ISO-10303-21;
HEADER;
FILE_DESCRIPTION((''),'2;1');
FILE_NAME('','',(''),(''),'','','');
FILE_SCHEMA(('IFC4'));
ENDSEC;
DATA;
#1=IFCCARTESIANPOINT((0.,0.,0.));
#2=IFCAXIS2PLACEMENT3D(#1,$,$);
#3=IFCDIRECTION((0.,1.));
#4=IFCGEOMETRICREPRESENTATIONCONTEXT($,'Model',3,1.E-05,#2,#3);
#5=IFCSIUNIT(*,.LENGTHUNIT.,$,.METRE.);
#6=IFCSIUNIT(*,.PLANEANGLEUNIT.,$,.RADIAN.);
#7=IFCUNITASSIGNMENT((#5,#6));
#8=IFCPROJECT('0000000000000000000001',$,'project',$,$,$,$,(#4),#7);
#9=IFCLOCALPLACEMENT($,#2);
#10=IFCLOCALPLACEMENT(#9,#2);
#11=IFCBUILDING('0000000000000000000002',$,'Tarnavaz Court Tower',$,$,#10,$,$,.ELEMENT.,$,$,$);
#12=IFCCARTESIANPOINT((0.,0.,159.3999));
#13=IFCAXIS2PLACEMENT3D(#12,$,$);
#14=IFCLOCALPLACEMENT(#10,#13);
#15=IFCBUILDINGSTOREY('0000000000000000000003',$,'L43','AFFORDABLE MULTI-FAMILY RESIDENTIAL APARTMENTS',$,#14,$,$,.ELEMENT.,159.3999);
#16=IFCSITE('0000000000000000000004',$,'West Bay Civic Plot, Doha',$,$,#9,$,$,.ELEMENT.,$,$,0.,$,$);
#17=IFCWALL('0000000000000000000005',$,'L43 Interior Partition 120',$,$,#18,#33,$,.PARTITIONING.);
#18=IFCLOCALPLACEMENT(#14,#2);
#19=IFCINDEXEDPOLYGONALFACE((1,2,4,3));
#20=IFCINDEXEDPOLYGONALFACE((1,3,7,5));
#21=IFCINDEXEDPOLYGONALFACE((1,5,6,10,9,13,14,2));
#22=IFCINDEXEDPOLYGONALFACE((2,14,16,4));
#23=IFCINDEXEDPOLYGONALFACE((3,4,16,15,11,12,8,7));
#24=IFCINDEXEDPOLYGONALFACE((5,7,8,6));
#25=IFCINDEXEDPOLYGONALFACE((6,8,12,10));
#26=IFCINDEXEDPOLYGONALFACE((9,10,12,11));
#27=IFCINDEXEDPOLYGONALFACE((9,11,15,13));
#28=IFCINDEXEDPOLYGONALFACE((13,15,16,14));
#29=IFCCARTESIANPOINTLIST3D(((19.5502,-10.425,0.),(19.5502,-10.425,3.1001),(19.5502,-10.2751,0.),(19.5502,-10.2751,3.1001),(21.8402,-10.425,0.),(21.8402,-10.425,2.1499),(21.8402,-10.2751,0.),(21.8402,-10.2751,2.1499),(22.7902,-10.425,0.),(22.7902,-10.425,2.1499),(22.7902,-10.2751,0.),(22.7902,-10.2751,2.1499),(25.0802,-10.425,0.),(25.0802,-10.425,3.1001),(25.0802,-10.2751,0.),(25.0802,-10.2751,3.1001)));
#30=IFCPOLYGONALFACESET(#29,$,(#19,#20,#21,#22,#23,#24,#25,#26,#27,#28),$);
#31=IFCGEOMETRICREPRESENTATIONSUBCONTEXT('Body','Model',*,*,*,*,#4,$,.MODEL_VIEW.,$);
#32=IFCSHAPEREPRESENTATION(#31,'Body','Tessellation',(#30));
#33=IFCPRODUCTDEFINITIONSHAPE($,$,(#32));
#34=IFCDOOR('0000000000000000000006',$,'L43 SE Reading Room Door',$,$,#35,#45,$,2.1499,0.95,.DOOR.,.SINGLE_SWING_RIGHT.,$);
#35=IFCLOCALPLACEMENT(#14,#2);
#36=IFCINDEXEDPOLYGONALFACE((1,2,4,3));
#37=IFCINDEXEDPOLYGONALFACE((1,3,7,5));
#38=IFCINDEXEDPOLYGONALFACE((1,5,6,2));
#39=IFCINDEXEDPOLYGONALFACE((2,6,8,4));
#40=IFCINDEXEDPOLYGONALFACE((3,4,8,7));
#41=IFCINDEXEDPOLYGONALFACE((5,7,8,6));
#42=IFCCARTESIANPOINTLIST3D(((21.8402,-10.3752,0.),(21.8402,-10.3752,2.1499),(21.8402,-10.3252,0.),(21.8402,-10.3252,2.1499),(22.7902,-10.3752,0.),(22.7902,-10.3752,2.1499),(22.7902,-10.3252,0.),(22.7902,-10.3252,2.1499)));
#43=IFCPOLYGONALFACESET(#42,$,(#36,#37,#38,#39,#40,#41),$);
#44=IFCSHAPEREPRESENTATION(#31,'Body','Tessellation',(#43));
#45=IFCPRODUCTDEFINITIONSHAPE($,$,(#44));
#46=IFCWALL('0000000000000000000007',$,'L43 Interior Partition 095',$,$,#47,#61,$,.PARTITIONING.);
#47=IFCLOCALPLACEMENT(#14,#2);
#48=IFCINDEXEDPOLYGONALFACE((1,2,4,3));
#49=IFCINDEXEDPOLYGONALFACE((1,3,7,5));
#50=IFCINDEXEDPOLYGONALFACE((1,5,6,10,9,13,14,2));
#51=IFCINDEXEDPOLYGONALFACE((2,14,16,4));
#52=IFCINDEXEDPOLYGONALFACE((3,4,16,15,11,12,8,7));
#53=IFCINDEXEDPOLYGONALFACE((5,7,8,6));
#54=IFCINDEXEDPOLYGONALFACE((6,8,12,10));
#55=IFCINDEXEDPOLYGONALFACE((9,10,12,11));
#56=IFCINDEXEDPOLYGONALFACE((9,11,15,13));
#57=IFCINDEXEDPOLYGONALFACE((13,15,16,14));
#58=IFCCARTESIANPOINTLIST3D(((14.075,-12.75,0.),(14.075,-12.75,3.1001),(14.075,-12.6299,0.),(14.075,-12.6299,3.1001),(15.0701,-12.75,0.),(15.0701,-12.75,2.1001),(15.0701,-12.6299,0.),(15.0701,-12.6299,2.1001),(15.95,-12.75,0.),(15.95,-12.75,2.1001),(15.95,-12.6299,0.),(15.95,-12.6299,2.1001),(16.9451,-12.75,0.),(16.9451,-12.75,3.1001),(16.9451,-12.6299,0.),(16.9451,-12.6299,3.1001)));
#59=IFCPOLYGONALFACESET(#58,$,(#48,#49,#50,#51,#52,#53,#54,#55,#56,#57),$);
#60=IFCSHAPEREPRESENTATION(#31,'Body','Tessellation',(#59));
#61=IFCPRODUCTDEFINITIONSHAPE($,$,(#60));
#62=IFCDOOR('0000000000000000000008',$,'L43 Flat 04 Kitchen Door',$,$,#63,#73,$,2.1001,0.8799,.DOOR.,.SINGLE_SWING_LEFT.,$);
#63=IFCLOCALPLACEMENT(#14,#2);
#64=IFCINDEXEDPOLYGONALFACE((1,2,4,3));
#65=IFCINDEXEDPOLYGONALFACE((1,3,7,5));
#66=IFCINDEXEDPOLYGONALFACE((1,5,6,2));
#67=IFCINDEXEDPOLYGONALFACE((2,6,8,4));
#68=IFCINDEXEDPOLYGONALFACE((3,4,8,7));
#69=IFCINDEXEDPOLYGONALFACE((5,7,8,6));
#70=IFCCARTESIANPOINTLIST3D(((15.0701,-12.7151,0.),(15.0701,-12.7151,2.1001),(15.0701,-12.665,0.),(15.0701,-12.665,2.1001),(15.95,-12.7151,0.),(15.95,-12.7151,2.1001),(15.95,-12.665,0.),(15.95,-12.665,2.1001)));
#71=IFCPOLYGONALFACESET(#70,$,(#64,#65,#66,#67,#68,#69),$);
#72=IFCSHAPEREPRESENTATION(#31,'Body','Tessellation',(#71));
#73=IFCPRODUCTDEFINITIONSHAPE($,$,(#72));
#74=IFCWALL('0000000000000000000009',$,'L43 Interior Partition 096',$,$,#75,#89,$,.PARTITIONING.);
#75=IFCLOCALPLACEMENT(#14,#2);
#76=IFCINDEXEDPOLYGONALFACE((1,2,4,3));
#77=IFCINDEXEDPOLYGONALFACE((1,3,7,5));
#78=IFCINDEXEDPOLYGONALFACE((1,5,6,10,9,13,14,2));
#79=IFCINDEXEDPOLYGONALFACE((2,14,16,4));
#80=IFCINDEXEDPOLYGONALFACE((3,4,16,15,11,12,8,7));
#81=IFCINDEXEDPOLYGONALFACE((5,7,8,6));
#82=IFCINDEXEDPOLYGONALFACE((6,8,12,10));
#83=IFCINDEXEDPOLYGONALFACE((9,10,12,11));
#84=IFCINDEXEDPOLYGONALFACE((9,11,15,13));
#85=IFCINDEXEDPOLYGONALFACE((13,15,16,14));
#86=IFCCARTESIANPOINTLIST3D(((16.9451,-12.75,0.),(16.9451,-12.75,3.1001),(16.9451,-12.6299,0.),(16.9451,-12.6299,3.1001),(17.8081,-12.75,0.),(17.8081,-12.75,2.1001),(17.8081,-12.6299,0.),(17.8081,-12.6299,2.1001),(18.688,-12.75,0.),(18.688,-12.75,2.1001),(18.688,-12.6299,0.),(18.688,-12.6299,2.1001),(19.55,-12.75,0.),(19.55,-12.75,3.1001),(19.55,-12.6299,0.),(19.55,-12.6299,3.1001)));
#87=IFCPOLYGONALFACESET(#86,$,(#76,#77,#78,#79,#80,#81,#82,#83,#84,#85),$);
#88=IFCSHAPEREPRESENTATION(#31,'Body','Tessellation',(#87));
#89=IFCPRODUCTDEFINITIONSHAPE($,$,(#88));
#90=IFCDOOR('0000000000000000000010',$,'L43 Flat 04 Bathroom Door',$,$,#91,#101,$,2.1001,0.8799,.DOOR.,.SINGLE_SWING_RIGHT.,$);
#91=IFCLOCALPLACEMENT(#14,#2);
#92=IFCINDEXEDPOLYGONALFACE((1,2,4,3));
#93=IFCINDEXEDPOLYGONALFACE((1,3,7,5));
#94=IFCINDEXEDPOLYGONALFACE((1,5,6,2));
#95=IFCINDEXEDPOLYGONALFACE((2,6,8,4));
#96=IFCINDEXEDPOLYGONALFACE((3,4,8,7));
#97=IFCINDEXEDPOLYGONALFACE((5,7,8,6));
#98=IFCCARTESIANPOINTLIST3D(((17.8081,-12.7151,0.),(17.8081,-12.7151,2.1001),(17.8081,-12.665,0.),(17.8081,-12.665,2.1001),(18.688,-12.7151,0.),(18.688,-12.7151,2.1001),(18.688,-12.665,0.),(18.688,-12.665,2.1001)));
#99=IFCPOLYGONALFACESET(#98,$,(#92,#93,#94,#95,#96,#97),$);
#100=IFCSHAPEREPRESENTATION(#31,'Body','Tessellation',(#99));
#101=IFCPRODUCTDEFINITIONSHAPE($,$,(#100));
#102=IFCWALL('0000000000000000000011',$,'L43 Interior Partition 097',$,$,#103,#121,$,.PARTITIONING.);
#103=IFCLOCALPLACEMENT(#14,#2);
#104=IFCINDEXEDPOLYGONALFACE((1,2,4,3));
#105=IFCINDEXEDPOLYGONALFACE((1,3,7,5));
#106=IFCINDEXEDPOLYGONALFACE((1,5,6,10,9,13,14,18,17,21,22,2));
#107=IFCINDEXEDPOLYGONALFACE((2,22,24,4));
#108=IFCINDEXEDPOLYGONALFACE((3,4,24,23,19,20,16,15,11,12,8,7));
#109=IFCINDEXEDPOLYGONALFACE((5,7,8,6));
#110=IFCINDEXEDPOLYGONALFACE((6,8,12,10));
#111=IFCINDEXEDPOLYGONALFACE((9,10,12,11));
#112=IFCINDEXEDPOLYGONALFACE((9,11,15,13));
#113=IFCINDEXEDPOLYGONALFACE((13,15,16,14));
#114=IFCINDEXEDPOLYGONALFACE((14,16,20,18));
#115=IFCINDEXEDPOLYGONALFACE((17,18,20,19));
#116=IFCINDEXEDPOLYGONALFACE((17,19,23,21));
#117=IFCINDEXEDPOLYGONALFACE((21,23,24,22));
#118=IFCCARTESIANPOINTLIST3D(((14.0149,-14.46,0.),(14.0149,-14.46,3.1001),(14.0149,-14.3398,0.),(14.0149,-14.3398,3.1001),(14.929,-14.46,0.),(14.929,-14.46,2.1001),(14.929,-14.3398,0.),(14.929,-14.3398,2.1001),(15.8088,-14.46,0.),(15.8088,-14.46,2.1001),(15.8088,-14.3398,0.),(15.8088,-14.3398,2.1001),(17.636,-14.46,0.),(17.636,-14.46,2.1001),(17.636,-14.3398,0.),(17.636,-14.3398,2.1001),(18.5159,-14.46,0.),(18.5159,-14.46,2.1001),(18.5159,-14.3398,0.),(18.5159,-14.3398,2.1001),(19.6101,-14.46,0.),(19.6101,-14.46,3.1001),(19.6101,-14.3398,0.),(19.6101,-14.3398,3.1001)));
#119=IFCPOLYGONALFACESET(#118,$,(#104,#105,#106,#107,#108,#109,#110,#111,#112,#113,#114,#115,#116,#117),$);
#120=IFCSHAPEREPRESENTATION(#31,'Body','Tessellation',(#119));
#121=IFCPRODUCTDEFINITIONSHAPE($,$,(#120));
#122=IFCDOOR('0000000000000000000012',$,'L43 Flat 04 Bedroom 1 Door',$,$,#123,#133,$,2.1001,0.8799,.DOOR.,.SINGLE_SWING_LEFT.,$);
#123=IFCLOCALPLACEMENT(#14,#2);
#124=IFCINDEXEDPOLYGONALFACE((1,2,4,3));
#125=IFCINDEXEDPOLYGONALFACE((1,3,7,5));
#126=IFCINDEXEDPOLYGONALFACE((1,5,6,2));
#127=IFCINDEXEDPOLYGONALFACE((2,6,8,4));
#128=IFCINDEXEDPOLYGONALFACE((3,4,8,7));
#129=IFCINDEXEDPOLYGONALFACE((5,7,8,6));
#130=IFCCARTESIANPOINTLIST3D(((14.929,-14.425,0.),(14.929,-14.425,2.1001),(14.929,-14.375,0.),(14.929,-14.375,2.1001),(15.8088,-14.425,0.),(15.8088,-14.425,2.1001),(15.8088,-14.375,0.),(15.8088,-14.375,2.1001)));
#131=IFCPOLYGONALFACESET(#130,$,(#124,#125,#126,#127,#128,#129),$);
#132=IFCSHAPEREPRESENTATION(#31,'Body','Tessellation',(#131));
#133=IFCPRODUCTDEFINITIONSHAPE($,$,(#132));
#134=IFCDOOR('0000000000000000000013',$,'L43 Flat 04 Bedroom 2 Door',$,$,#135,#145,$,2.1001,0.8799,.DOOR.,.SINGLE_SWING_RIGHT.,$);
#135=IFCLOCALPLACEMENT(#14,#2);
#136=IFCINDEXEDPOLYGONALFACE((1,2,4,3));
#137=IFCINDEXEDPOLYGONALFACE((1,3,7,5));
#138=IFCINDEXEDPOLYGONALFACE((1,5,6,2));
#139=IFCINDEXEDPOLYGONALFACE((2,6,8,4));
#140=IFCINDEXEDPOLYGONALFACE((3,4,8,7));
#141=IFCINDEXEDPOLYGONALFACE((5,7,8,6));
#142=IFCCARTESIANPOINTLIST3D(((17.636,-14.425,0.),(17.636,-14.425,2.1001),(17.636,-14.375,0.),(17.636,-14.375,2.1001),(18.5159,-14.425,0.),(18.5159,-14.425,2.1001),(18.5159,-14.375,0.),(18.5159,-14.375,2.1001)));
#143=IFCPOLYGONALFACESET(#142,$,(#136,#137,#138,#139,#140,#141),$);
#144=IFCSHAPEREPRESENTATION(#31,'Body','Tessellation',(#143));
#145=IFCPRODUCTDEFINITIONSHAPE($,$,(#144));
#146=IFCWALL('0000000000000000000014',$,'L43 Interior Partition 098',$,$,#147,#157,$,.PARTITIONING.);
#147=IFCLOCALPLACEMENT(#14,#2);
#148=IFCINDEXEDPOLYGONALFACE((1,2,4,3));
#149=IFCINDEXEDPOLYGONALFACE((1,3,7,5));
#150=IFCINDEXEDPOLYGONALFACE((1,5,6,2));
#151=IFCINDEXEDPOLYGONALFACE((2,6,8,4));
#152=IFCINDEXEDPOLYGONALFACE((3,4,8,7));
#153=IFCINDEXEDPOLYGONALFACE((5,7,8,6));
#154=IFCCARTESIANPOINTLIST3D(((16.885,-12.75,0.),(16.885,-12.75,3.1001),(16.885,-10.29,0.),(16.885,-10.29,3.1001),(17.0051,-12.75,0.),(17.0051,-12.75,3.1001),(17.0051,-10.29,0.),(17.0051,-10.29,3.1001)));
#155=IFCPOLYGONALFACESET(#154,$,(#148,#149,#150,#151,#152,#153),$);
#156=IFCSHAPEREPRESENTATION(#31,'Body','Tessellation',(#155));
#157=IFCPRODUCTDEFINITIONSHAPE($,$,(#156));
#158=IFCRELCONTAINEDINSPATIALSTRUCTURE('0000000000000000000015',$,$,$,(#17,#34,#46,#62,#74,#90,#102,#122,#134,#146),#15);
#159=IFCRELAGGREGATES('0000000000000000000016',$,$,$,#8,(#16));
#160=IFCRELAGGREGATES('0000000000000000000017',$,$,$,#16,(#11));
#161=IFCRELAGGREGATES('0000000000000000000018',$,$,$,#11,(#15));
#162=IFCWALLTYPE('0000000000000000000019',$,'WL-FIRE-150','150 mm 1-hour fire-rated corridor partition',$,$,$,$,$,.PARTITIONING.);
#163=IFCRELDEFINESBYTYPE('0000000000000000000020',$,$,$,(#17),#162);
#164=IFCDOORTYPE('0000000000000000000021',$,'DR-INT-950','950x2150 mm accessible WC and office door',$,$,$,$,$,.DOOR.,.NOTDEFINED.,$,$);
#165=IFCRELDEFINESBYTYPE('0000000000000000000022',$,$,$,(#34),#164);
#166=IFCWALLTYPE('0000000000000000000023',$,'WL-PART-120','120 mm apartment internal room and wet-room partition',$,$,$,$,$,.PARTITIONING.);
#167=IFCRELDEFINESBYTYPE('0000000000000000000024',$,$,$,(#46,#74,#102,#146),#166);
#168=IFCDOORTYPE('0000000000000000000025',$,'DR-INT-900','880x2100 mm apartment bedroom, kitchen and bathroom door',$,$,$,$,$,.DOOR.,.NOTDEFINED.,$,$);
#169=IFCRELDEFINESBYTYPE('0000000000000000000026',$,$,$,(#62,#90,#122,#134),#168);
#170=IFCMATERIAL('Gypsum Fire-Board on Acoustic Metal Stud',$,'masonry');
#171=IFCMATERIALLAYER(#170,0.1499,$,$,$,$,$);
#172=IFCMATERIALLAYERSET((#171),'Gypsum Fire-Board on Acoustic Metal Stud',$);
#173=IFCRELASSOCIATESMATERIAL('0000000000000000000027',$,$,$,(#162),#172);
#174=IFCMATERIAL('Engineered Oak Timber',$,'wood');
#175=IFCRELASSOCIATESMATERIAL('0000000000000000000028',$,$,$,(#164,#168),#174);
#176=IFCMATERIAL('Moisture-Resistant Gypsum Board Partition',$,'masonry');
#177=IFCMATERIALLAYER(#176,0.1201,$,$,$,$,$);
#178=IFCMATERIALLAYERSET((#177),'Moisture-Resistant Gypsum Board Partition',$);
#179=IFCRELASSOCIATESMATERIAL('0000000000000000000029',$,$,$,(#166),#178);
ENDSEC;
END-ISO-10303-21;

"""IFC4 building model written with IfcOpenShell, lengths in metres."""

from ifc_helpers import new_model, si_unit, direction, frame, frame_2d, origin, place, context, subcontext, project, spatial, rectangle, extrude, material, layer, layer_set, type_object, element, fill, save


model = new_model("IFC4")

# Units and contexts
model_context = context("Model", 3, precision=1e-05, world=origin(), true_north=direction((0.0, 1.0)))
body_context = subcontext(model_context, "Body", "Model", "MODEL_VIEW")
ifc_project = project(units=[si_unit("LENGTHUNIT", "METRE"), si_unit("PLANEANGLEUNIT", "RADIAN")], contexts=[model_context])

# Site, building, storey
site_placement = place(None, origin())
site = spatial("IfcSite", under=ifc_project, at=site_placement, Name="West Bay Civic Plot, Doha", CompositionType="ELEMENT", RefElevation=0.0)
building_placement = place(site_placement, origin())
building = spatial("IfcBuilding", under=site, at=building_placement, Name="Tarnavaz Court Tower", CompositionType="ELEMENT")
storey_placement = place(building_placement, frame((0.0, 0.0, 159.3999)))
storey = spatial("IfcBuildingStorey", under=building, at=storey_placement, Name="L43", Description="AFFORDABLE MULTI-FAMILY RESIDENTIAL APARTMENTS", CompositionType="ELEMENT", Elevation=159.3999)

# Walls, openings, doors
ifc_material_1 = material(Name="Gypsum Fire-Board on Acoustic Metal Stud", Category="masonry")
ifc_layer_1 = layer(ifc_material_1, 0.1499)
ifc_layer_set_1 = layer_set([ifc_layer_1], Name="Gypsum Fire-Board on Acoustic Metal Stud")
wall_type_1 = type_object("IfcWallType", Name="WL-FIRE-150", Description="150 mm 1-hour fire-rated corridor partition", PredefinedType="PARTITIONING", material=ifc_layer_set_1)
wall_1_placement = place(storey_placement, frame((19.55, -10.3501, 0.0), z_axis=(0.0, 0.0, 1.0), x_axis=(1.0, 0.0, 0.0)))
wall_1 = element("IfcWall", 1, at=wall_1_placement, inside=storey, type_object=wall_type_1, Name="L43 Interior Partition 120", PredefinedType="PARTITIONING", context=body_context, shape_type="SweptSolid", body=[
    extrude(rectangle(XDim=5.53, YDim=0.1499, at=frame_2d((2.7651, 0.0))), origin(), (0.0, 0.0, 1.0), 3.1001),
])
opening_1_placement = place(wall_1_placement, frame((2.29, 0.0, 0.0)))
opening_1 = element("IfcOpeningElement", 2, at=opening_1_placement, cuts=wall_1, PredefinedType="OPENING", context=body_context, shape_type="SweptSolid", body=[
    extrude(rectangle(XDim=0.95, YDim=2.1499, at=frame_2d((0.4751, 1.075))), frame((0.0, 0.085, 0.0), z_axis=(0.0, -1.0, 0.0), x_axis=(1.0, 0.0, 0.0)), (0.0, 0.0, 1.0), 0.1699),
])
ifc_material_2 = material(Name="Engineered Oak Timber", Category="wood")
door_type_1 = type_object("IfcDoorType", Name="DR-INT-950", Description="950x2150 mm accessible WC and office door", OperationType="NOTDEFINED", PredefinedType="DOOR", material=ifc_material_2)
door_1_placement = place(opening_1_placement, origin())
door_1 = element("IfcDoor", 3, at=door_1_placement, inside=storey, type_object=door_type_1, Name="L43 SE Reading Room Door", OperationType="SINGLE_SWING_RIGHT", OverallHeight=2.1499, OverallWidth=0.95, PredefinedType="DOOR", context=body_context, shape_type="SweptSolid", body=[
    extrude(rectangle(XDim=0.95, YDim=2.1499, at=frame_2d((0.4751, 1.075))), frame((0.0, 0.0249, 0.0), z_axis=(0.0, -1.0, 0.0), x_axis=(1.0, 0.0, 0.0)), (0.0, 0.0, 1.0), 0.05),
])
fill(opening_1, door_1)
ifc_material_3 = material(Name="Moisture-Resistant Gypsum Board Partition", Category="masonry")
ifc_layer_2 = layer(ifc_material_3, 0.1201)
ifc_layer_set_2 = layer_set([ifc_layer_2], Name="Moisture-Resistant Gypsum Board Partition")
wall_type_2 = type_object("IfcWallType", Name="WL-PART-120", Description="120 mm apartment internal room and wet-room partition", PredefinedType="PARTITIONING", material=ifc_layer_set_2)
wall_2_placement = place(storey_placement, frame((14.075, -12.6899, 0.0), z_axis=(0.0, 0.0, 1.0), x_axis=(1.0, 0.0, 0.0)))
wall_2 = element("IfcWall", 4, at=wall_2_placement, inside=storey, type_object=wall_type_2, Name="L43 Interior Partition 095", PredefinedType="PARTITIONING", context=body_context, shape_type="SweptSolid", body=[
    extrude(rectangle(XDim=2.8701, YDim=0.1201, at=frame_2d((1.4351, 0.0))), origin(), (0.0, 0.0, 1.0), 3.1001),
])
opening_2_placement = place(wall_2_placement, frame((0.9951, 0.0, 0.0)))
opening_2 = element("IfcOpeningElement", 5, at=opening_2_placement, cuts=wall_2, PredefinedType="OPENING", context=body_context, shape_type="SweptSolid", body=[
    extrude(rectangle(XDim=0.8799, YDim=2.1001, at=frame_2d((0.4399, 1.05))), frame((0.0, 0.0701, 0.0), z_axis=(0.0, -1.0, 0.0), x_axis=(1.0, 0.0, 0.0)), (0.0, 0.0, 1.0), 0.1401),
])
door_type_2 = type_object("IfcDoorType", Name="DR-INT-900", Description="880x2100 mm apartment bedroom, kitchen and bathroom door", OperationType="NOTDEFINED", PredefinedType="DOOR", material=ifc_material_2)
door_2_placement = place(opening_2_placement, origin())
door_2 = element("IfcDoor", 6, at=door_2_placement, inside=storey, type_object=door_type_2, Name="L43 Flat 04 Kitchen Door", OperationType="SINGLE_SWING_LEFT", OverallHeight=2.1001, OverallWidth=0.8799, PredefinedType="DOOR", context=body_context, shape_type="SweptSolid", body=[
    extrude(rectangle(XDim=0.8799, YDim=2.1001, at=frame_2d((0.4399, 1.05))), frame((0.0, 0.0249, 0.0), z_axis=(0.0, -1.0, 0.0), x_axis=(1.0, 0.0, 0.0)), (0.0, 0.0, 1.0), 0.05),
])
fill(opening_2, door_2)
wall_3_placement = place(storey_placement, frame((16.9451, -12.6899, 0.0), z_axis=(0.0, 0.0, 1.0), x_axis=(1.0, 0.0, 0.0)))
wall_3 = element("IfcWall", 7, at=wall_3_placement, inside=storey, type_object=wall_type_2, Name="L43 Interior Partition 096", PredefinedType="PARTITIONING", context=body_context, shape_type="SweptSolid", body=[
    extrude(rectangle(XDim=2.605, YDim=0.1201, at=frame_2d((1.3025, 0.0))), origin(), (0.0, 0.0, 1.0), 3.1001),
])
opening_3_placement = place(wall_3_placement, frame((0.863, 0.0, 0.0)))
opening_3 = element("IfcOpeningElement", 8, at=opening_3_placement, cuts=wall_3, PredefinedType="OPENING", context=body_context, shape_type="SweptSolid", body=[
    extrude(rectangle(XDim=0.8799, YDim=2.1001, at=frame_2d((0.4399, 1.05))), frame((0.0, 0.0701, 0.0), z_axis=(0.0, -1.0, 0.0), x_axis=(1.0, 0.0, 0.0)), (0.0, 0.0, 1.0), 0.1401),
])
door_3_placement = place(opening_3_placement, origin())
door_3 = element("IfcDoor", 9, at=door_3_placement, inside=storey, type_object=door_type_2, Name="L43 Flat 04 Bathroom Door", OperationType="SINGLE_SWING_RIGHT", OverallHeight=2.1001, OverallWidth=0.8799, PredefinedType="DOOR", context=body_context, shape_type="SweptSolid", body=[
    extrude(rectangle(XDim=0.8799, YDim=2.1001, at=frame_2d((0.4399, 1.05))), frame((0.0, 0.0249, 0.0), z_axis=(0.0, -1.0, 0.0), x_axis=(1.0, 0.0, 0.0)), (0.0, 0.0, 1.0), 0.05),
])
fill(opening_3, door_3)

# Wall, openings, doors
wall_4_placement = place(storey_placement, frame((14.0149, -14.3999, 0.0), z_axis=(0.0, 0.0, 1.0), x_axis=(1.0, 0.0, 0.0)))
wall_4 = element("IfcWall", 10, at=wall_4_placement, inside=storey, type_object=wall_type_2, Name="L43 Interior Partition 097", PredefinedType="PARTITIONING", context=body_context, shape_type="SweptSolid", body=[
    extrude(rectangle(XDim=5.5952, YDim=0.1201, at=frame_2d((2.7976, 0.0))), origin(), (0.0, 0.0, 1.0), 3.1001),
])
opening_4_placement = place(wall_4_placement, frame((0.9141, 0.0, 0.0)))
opening_4 = element("IfcOpeningElement", 11, at=opening_4_placement, cuts=wall_4, PredefinedType="OPENING", context=body_context, shape_type="SweptSolid", body=[
    extrude(rectangle(XDim=0.8799, YDim=2.1001, at=frame_2d((0.4399, 1.05))), frame((0.0, 0.0701, 0.0), z_axis=(0.0, -1.0, 0.0), x_axis=(1.0, 0.0, 0.0)), (0.0, 0.0, 1.0), 0.1401),
])
opening_5_placement = place(wall_4_placement, frame((3.6211, 0.0, 0.0)))
opening_5 = element("IfcOpeningElement", 12, at=opening_5_placement, cuts=wall_4, PredefinedType="OPENING", context=body_context, shape_type="SweptSolid", body=[
    extrude(rectangle(XDim=0.8799, YDim=2.1001, at=frame_2d((0.4399, 1.05))), frame((0.0, 0.0701, 0.0), z_axis=(0.0, -1.0, 0.0), x_axis=(1.0, 0.0, 0.0)), (0.0, 0.0, 1.0), 0.1401),
])
door_4_placement = place(opening_4_placement, origin())
door_4 = element("IfcDoor", 13, at=door_4_placement, inside=storey, type_object=door_type_2, Name="L43 Flat 04 Bedroom 1 Door", OperationType="SINGLE_SWING_LEFT", OverallHeight=2.1001, OverallWidth=0.8799, PredefinedType="DOOR", context=body_context, shape_type="SweptSolid", body=[
    extrude(rectangle(XDim=0.8799, YDim=2.1001, at=frame_2d((0.4399, 1.05))), frame((0.0, 0.0249, 0.0), z_axis=(0.0, -1.0, 0.0), x_axis=(1.0, 0.0, 0.0)), (0.0, 0.0, 1.0), 0.05),
])
fill(opening_4, door_4)
door_5_placement = place(opening_5_placement, origin())
door_5 = element("IfcDoor", 14, at=door_5_placement, inside=storey, type_object=door_type_2, Name="L43 Flat 04 Bedroom 2 Door", OperationType="SINGLE_SWING_RIGHT", OverallHeight=2.1001, OverallWidth=0.8799, PredefinedType="DOOR", context=body_context, shape_type="SweptSolid", body=[
    extrude(rectangle(XDim=0.8799, YDim=2.1001, at=frame_2d((0.4399, 1.05))), frame((0.0, 0.0249, 0.0), z_axis=(0.0, -1.0, 0.0), x_axis=(1.0, 0.0, 0.0)), (0.0, 0.0, 1.0), 0.05),
])
fill(opening_5, door_5)

# Wall
wall_5_placement = place(storey_placement, frame((16.9451, -12.75, 0.0), z_axis=(0.0, 0.0, 1.0), x_axis=(0.0, 1.0, 0.0)))
element("IfcWall", 15, at=wall_5_placement, inside=storey, type_object=wall_type_2, Name="L43 Interior Partition 098", PredefinedType="PARTITIONING", context=body_context, shape_type="SweptSolid", body=[
    extrude(rectangle(XDim=2.46, YDim=0.1201, at=frame_2d((1.23, 0.0))), origin(), (0.0, 0.0, 1.0), 3.1001),
])

save(model, "model.ifc")
